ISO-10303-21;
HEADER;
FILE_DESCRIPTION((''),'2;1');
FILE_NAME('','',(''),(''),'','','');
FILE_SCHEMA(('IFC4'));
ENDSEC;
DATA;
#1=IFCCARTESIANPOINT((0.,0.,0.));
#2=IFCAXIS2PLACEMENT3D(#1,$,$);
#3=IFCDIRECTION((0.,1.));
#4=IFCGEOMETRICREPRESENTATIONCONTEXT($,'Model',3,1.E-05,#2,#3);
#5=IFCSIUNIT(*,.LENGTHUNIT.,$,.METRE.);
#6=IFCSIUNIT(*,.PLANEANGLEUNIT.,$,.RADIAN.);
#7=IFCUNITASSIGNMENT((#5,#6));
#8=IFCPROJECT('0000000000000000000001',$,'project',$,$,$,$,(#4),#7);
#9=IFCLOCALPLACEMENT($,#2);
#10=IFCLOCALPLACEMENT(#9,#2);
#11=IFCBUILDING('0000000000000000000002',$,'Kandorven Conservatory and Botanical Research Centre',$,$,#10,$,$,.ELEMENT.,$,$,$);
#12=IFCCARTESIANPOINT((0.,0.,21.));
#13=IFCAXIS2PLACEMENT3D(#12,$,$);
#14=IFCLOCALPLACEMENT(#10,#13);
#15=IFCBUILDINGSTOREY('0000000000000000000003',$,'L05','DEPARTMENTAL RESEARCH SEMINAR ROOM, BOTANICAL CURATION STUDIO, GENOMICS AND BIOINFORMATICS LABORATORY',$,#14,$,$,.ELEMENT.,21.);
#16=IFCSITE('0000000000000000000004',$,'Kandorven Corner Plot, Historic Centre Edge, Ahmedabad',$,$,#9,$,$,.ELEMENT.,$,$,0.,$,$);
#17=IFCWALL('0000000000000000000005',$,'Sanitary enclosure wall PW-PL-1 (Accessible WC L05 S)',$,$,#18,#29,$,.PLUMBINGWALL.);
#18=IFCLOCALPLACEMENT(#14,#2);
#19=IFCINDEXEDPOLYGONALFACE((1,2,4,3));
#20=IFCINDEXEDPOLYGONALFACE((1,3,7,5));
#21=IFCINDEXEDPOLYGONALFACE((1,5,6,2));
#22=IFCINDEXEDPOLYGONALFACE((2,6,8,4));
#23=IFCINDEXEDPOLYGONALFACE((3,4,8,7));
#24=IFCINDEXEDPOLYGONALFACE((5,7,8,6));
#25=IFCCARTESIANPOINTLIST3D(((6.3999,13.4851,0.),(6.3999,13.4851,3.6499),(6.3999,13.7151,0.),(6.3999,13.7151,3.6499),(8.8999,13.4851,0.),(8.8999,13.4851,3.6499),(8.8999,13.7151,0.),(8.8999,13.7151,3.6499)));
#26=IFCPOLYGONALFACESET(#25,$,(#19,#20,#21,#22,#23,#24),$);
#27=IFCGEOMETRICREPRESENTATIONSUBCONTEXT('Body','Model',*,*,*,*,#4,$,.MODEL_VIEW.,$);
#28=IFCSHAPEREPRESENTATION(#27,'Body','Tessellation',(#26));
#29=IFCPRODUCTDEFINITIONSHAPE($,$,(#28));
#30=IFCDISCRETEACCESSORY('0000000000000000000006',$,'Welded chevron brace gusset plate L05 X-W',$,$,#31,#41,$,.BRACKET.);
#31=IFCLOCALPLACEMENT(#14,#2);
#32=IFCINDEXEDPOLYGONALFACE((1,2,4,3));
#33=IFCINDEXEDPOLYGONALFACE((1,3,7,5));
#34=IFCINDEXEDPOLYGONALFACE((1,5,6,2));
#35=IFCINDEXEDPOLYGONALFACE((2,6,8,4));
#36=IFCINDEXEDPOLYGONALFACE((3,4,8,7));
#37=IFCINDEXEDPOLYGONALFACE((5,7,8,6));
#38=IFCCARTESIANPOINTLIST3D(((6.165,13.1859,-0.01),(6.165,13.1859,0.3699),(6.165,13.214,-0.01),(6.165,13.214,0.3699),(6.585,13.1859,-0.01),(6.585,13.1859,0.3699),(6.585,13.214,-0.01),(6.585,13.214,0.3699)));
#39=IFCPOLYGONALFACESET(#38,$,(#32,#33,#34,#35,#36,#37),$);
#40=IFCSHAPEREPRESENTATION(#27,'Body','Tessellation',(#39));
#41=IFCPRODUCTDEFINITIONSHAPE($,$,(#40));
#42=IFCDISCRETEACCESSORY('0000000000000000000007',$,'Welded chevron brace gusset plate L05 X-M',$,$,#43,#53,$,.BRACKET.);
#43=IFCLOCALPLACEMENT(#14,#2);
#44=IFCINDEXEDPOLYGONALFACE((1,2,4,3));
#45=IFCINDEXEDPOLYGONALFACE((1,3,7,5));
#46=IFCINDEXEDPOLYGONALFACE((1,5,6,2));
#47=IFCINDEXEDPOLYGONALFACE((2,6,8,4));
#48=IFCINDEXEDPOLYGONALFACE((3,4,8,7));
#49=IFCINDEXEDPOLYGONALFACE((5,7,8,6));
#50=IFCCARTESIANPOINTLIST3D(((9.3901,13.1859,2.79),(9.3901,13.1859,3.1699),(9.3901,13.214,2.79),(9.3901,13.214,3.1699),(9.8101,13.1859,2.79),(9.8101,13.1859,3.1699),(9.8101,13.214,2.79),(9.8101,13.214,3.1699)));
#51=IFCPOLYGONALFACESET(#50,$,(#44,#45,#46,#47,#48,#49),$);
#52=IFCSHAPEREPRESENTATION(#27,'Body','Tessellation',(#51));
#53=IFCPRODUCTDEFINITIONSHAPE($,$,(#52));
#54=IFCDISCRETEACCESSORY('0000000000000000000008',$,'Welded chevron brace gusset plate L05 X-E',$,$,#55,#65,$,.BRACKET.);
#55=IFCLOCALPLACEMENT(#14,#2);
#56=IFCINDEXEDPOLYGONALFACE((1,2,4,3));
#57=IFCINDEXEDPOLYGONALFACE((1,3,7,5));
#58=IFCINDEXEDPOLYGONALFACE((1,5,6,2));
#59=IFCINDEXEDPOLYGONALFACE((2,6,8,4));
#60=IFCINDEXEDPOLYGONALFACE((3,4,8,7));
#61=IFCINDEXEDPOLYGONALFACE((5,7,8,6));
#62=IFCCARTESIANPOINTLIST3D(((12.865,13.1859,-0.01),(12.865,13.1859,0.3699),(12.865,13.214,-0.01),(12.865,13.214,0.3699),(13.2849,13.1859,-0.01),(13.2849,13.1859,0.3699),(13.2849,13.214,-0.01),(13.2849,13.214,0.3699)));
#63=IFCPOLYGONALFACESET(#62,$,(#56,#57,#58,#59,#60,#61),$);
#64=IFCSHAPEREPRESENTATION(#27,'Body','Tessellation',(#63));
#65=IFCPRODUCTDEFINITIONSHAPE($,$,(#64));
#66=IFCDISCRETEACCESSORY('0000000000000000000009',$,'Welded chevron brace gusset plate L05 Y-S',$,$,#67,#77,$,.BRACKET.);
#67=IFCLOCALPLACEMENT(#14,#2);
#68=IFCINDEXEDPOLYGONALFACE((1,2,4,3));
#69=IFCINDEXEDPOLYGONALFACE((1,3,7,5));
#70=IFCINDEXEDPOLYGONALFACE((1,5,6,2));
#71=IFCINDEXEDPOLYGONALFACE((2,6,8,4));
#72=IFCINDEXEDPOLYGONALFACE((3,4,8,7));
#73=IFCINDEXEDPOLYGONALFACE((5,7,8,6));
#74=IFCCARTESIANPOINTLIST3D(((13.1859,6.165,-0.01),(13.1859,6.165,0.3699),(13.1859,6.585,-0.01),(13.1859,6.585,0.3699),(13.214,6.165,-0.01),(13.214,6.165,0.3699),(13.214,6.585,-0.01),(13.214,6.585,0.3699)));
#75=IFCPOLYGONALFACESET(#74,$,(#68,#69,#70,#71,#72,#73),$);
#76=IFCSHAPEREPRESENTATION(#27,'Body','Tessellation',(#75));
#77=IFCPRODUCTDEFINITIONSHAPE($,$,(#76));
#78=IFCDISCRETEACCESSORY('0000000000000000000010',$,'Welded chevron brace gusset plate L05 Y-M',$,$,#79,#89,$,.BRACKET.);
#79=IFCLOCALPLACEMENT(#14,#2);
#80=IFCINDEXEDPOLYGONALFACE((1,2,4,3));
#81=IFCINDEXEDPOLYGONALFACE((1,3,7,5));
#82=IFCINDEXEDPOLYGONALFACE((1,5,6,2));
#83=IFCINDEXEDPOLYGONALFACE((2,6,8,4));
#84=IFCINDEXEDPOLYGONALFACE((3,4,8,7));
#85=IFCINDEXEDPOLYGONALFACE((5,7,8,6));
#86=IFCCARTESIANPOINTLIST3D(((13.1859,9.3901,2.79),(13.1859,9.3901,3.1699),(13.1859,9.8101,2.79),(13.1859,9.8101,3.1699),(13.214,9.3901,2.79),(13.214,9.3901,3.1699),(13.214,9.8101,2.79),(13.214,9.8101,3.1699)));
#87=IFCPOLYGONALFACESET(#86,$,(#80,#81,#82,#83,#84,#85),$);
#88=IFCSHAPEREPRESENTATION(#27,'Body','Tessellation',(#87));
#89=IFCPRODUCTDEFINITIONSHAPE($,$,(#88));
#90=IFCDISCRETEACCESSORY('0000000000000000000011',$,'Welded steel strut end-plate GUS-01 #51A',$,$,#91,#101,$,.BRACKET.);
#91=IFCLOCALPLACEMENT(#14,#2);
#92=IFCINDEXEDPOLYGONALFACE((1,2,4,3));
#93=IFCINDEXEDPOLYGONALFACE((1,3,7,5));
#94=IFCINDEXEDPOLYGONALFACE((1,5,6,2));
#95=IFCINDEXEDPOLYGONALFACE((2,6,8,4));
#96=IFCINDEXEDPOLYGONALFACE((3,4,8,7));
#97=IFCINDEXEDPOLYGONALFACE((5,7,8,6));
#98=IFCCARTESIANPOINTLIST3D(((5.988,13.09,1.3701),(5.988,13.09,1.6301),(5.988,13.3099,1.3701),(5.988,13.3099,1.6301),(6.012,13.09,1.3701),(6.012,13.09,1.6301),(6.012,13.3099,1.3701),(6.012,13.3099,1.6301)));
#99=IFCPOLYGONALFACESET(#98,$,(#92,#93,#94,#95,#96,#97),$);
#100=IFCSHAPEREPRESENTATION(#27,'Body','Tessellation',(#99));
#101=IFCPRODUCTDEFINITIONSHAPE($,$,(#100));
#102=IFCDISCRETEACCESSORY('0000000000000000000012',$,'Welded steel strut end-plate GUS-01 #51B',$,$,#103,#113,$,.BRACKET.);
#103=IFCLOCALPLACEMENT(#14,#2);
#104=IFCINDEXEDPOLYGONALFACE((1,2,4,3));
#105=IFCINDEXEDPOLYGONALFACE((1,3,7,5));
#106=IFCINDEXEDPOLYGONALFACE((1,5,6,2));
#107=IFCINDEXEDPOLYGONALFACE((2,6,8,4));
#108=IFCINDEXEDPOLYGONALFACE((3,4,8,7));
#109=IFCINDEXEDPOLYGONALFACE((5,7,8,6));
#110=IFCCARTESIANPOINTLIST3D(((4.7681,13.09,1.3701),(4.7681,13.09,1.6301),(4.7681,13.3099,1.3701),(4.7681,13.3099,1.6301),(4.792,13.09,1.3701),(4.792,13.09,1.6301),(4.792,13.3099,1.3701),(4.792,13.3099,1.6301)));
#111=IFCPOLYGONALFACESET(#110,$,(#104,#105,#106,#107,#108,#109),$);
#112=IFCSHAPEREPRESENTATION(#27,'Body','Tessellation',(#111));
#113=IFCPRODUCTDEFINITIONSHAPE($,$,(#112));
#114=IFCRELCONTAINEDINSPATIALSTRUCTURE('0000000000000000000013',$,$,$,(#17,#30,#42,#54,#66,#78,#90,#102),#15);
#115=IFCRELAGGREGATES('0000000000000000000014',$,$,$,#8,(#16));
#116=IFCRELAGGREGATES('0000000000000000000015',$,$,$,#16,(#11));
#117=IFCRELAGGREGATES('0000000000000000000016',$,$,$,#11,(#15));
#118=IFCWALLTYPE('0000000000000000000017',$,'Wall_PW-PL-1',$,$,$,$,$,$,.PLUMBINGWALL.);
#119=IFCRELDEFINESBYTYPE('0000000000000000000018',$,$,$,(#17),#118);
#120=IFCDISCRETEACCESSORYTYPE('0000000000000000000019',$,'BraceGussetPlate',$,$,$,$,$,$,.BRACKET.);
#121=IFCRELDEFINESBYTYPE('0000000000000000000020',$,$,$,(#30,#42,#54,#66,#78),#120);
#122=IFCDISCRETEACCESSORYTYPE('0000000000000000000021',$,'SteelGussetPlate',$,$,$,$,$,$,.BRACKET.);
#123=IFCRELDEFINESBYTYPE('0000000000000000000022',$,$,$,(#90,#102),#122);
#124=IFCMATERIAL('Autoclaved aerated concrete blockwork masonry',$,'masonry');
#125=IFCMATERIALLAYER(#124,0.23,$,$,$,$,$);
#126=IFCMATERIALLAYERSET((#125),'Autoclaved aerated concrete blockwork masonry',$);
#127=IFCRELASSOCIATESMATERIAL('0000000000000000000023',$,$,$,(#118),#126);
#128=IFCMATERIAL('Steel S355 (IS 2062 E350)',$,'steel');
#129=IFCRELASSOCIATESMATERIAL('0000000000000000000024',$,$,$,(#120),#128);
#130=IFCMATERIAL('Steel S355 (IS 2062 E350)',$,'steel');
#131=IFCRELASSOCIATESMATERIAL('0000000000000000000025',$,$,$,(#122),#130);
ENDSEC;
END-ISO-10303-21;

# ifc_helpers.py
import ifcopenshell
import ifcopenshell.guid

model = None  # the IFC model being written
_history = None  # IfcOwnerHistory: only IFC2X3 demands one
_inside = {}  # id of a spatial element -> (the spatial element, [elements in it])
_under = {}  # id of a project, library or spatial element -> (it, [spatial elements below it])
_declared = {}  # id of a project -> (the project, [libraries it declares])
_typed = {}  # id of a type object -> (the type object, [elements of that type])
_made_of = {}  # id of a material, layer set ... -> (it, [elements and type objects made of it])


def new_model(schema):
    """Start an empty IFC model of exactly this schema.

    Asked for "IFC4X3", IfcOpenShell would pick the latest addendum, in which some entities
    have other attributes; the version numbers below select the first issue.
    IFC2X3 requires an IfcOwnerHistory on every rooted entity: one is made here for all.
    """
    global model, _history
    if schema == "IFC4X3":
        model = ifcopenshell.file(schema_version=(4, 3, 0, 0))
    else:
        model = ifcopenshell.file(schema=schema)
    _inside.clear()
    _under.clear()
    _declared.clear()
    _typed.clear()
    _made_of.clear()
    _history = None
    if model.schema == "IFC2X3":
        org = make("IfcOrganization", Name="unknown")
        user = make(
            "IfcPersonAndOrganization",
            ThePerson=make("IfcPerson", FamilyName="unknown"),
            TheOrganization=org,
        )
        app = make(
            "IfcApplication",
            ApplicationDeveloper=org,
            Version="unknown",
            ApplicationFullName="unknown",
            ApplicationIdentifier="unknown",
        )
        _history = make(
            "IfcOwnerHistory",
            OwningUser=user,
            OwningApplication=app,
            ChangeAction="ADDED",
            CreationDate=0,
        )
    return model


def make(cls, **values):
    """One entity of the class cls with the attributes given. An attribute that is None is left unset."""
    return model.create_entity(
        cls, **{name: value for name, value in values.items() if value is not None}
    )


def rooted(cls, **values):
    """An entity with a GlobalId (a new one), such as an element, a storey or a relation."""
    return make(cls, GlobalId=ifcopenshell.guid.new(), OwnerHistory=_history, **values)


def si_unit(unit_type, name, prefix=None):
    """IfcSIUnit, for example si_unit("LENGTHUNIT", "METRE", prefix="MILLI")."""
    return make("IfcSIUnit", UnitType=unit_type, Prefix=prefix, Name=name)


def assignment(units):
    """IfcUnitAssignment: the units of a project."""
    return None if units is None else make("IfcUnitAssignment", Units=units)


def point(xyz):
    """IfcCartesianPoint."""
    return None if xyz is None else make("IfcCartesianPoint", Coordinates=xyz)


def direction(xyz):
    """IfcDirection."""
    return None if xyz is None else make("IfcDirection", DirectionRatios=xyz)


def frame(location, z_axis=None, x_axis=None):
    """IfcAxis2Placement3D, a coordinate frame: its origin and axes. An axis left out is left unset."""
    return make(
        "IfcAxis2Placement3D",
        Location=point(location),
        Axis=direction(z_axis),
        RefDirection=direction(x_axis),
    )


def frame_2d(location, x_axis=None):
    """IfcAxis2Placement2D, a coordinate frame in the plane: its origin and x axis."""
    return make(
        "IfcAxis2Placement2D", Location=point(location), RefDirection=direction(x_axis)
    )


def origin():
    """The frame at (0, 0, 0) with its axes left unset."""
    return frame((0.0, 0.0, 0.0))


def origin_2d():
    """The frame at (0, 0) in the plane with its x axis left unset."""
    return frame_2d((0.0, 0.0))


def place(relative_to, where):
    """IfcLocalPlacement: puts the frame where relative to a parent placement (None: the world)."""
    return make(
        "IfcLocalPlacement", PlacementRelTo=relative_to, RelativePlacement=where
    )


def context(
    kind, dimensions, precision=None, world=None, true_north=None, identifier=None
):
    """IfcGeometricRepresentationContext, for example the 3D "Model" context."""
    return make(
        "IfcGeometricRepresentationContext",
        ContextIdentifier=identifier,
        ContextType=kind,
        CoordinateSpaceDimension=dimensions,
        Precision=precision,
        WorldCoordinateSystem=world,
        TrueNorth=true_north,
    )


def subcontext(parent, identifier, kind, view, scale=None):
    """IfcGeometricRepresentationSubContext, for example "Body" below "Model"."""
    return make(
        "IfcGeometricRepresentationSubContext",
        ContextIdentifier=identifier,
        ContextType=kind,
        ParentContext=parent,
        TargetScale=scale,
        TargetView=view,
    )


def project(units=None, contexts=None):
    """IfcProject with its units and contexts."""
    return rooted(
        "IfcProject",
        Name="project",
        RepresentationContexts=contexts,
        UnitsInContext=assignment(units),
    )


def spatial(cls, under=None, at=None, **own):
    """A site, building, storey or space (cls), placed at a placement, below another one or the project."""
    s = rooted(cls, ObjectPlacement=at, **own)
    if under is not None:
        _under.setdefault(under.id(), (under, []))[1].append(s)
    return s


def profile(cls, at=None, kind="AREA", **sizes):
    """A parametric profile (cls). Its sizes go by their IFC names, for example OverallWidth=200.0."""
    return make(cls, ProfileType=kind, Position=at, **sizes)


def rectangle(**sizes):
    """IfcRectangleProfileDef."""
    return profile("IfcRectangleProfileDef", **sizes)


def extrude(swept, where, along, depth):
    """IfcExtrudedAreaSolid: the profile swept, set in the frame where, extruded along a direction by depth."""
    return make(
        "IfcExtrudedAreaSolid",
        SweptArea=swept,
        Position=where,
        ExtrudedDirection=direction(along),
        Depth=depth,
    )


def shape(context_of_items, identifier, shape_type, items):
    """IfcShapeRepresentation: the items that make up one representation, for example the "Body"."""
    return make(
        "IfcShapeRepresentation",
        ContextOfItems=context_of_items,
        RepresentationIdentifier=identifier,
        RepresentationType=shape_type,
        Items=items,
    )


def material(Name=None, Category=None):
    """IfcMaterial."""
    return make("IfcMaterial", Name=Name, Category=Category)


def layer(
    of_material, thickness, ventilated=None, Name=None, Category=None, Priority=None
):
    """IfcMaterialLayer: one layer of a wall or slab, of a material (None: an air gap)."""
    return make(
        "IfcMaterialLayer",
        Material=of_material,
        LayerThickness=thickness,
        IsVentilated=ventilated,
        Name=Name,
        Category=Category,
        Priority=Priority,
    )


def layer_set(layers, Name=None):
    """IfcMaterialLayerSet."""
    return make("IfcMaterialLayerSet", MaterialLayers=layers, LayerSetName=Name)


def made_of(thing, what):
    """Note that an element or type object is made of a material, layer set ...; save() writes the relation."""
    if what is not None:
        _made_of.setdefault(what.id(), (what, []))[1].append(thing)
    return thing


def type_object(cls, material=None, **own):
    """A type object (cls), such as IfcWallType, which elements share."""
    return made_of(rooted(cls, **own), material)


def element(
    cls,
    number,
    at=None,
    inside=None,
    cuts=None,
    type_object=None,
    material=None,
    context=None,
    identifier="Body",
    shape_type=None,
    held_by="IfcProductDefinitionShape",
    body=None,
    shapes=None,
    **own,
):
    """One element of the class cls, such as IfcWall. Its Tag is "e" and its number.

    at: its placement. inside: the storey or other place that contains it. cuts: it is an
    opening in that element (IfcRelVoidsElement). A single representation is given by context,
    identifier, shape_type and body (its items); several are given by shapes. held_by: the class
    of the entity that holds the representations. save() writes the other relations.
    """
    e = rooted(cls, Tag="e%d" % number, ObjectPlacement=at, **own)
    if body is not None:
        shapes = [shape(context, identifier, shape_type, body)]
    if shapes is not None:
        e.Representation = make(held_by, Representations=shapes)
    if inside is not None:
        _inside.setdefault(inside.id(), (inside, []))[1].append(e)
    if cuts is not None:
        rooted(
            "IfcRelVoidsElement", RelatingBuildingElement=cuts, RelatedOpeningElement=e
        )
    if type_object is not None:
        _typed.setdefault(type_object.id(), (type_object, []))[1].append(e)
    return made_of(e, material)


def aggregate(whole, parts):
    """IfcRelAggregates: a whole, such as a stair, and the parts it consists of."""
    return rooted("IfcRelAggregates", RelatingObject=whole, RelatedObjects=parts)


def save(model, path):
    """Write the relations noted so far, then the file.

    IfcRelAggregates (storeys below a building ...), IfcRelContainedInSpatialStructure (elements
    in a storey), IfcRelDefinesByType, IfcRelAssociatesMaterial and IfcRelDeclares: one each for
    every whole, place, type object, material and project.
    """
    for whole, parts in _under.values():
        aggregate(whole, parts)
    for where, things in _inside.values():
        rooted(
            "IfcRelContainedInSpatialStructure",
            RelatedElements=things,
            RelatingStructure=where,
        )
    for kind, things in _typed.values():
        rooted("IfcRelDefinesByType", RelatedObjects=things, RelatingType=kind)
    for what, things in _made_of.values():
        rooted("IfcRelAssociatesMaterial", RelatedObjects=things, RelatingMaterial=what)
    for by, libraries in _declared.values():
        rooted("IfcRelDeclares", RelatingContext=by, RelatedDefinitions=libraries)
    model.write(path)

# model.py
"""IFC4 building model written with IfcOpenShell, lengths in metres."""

from ifc_helpers import new_model, si_unit, direction, frame, frame_2d, origin, origin_2d, place, context, subcontext, project, spatial, rectangle, extrude, material, layer, layer_set, type_object, element, save


model = new_model("IFC4")

# Units and contexts
model_context = context("Model", 3, precision=1e-05, world=origin(), true_north=direction((0.0, 1.0)))
body_context = subcontext(model_context, "Body", "Model", "MODEL_VIEW")
ifc_project = project(units=[si_unit("LENGTHUNIT", "METRE"), si_unit("PLANEANGLEUNIT", "RADIAN")], contexts=[model_context])

# Site, building, storey
site_placement = place(None, origin())
site = spatial("IfcSite", under=ifc_project, at=site_placement, Name="Kandorven Corner Plot, Historic Centre Edge, Ahmedabad", CompositionType="ELEMENT", RefElevation=0.0)
building_placement = place(site_placement, origin())
building = spatial("IfcBuilding", under=site, at=building_placement, Name="Kandorven Conservatory and Botanical Research Centre", CompositionType="ELEMENT")
storey_placement = place(building_placement, frame((0.0, 0.0, 21.0)))
storey = spatial("IfcBuildingStorey", under=building, at=storey_placement, Name="L05", Description="DEPARTMENTAL RESEARCH SEMINAR ROOM, BOTANICAL CURATION STUDIO, GENOMICS AND BIOINFORMATICS LABORATORY", CompositionType="ELEMENT", Elevation=21.0)

# Shared definitions
ifc_material_1 = material(Name="Autoclaved aerated concrete blockwork masonry", Category="masonry")
ifc_layer_1 = layer(ifc_material_1, 0.23)
ifc_layer_set_1 = layer_set([ifc_layer_1], Name="Autoclaved aerated concrete blockwork masonry")
wall_type_1 = type_object("IfcWallType", Name="Wall_PW-PL-1", PredefinedType="PLUMBINGWALL", material=ifc_layer_set_1)

# Wall
wall_1_placement = place(storey_placement, frame((6.3999, 13.6001, 0.0), z_axis=(0.0, 0.0, 1.0), x_axis=(1.0, 0.0, 0.0)))
element("IfcWall", 1, at=wall_1_placement, inside=storey, type_object=wall_type_1, Name="Sanitary enclosure wall PW-PL-1 (Accessible WC L05 S)", PredefinedType="PLUMBINGWALL", context=body_context, shape_type="SweptSolid", body=[
    extrude(rectangle(XDim=2.5, YDim=0.23, at=frame_2d((1.25, 0.0))), origin(), (0.0, 0.0, 1.0), 3.6499),
])

# Discrete accessories
ifc_material_2 = material(Name="Steel S355 (IS 2062 E350)", Category="steel")
discrete_accessory_type_1 = type_object("IfcDiscreteAccessoryType", Name="BraceGussetPlate", PredefinedType="BRACKET", material=ifc_material_2)
for number, where, z_axis, x_axis, name in (
    (2, (6.375, 13.2, -0.01), (0.0, 0.0, 1.0), (1.0, 0.0, 0.0), "Welded chevron brace gusset plate L05 X-W"),
    (3, (9.6001, 13.2, 2.79), (0.0, 0.0, 1.0), (1.0, 0.0, 0.0), "Welded chevron brace gusset plate L05 X-M"),
    (4, (13.075, 13.2, -0.01), (0.0, 0.0, 1.0), (1.0, 0.0, 0.0), "Welded chevron brace gusset plate L05 X-E"),
):
    element("IfcDiscreteAccessory", number, at=place(storey_placement, frame(where, z_axis=z_axis, x_axis=x_axis)), inside=storey, type_object=discrete_accessory_type_1, Name=name, PredefinedType="BRACKET", context=body_context, shape_type="SweptSolid", body=[
        extrude(rectangle(XDim=0.4199, YDim=0.0281, at=origin_2d()), origin(), (0.0, 0.0, 1.0), 0.3799),
    ])
for number, where, z_axis, x_axis, name in (
    (5, (13.2, 6.375, -0.01), (0.0, 0.0, 1.0), (1.0, 0.0, 0.0), "Welded chevron brace gusset plate L05 Y-S"),
    (6, (13.2, 9.6001, 2.79), (0.0, 0.0, 1.0), (1.0, 0.0, 0.0), "Welded chevron brace gusset plate L05 Y-M"),
):
    element("IfcDiscreteAccessory", number, at=place(storey_placement, frame(where, z_axis=z_axis, x_axis=x_axis)), inside=storey, type_object=discrete_accessory_type_1, Name=name, PredefinedType="BRACKET", context=body_context, shape_type="SweptSolid", body=[
        extrude(rectangle(XDim=0.0281, YDim=0.4199, at=origin_2d()), origin(), (0.0, 0.0, 1.0), 0.3799),
    ])
ifc_material_3 = material(Name="Steel S355 (IS 2062 E350)", Category="steel")
discrete_accessory_type_2 = type_object("IfcDiscreteAccessoryType", Name="SteelGussetPlate", PredefinedType="BRACKET", material=ifc_material_3)
for number, where, z_axis, x_axis, name in (
    (7, (6.0, 13.2, 1.3701), (0.0, 0.0, 1.0), (1.0, 0.0, 0.0), "Welded steel strut end-plate GUS-01 #51A"),
    (8, (4.78, 13.2, 1.3701), (0.0, 0.0, 1.0), (1.0, 0.0, 0.0), "Welded steel strut end-plate GUS-01 #51B"),
):
    element("IfcDiscreteAccessory", number, at=place(storey_placement, frame(where, z_axis=z_axis, x_axis=x_axis)), inside=storey, type_object=discrete_accessory_type_2, Name=name, PredefinedType="BRACKET", context=body_context, shape_type="SweptSolid", body=[
        extrude(rectangle(XDim=0.0239, YDim=0.22, at=origin_2d()), origin(), (0.0, 0.0, 1.0), 0.26),
    ])

save(model, "model.ifc")
